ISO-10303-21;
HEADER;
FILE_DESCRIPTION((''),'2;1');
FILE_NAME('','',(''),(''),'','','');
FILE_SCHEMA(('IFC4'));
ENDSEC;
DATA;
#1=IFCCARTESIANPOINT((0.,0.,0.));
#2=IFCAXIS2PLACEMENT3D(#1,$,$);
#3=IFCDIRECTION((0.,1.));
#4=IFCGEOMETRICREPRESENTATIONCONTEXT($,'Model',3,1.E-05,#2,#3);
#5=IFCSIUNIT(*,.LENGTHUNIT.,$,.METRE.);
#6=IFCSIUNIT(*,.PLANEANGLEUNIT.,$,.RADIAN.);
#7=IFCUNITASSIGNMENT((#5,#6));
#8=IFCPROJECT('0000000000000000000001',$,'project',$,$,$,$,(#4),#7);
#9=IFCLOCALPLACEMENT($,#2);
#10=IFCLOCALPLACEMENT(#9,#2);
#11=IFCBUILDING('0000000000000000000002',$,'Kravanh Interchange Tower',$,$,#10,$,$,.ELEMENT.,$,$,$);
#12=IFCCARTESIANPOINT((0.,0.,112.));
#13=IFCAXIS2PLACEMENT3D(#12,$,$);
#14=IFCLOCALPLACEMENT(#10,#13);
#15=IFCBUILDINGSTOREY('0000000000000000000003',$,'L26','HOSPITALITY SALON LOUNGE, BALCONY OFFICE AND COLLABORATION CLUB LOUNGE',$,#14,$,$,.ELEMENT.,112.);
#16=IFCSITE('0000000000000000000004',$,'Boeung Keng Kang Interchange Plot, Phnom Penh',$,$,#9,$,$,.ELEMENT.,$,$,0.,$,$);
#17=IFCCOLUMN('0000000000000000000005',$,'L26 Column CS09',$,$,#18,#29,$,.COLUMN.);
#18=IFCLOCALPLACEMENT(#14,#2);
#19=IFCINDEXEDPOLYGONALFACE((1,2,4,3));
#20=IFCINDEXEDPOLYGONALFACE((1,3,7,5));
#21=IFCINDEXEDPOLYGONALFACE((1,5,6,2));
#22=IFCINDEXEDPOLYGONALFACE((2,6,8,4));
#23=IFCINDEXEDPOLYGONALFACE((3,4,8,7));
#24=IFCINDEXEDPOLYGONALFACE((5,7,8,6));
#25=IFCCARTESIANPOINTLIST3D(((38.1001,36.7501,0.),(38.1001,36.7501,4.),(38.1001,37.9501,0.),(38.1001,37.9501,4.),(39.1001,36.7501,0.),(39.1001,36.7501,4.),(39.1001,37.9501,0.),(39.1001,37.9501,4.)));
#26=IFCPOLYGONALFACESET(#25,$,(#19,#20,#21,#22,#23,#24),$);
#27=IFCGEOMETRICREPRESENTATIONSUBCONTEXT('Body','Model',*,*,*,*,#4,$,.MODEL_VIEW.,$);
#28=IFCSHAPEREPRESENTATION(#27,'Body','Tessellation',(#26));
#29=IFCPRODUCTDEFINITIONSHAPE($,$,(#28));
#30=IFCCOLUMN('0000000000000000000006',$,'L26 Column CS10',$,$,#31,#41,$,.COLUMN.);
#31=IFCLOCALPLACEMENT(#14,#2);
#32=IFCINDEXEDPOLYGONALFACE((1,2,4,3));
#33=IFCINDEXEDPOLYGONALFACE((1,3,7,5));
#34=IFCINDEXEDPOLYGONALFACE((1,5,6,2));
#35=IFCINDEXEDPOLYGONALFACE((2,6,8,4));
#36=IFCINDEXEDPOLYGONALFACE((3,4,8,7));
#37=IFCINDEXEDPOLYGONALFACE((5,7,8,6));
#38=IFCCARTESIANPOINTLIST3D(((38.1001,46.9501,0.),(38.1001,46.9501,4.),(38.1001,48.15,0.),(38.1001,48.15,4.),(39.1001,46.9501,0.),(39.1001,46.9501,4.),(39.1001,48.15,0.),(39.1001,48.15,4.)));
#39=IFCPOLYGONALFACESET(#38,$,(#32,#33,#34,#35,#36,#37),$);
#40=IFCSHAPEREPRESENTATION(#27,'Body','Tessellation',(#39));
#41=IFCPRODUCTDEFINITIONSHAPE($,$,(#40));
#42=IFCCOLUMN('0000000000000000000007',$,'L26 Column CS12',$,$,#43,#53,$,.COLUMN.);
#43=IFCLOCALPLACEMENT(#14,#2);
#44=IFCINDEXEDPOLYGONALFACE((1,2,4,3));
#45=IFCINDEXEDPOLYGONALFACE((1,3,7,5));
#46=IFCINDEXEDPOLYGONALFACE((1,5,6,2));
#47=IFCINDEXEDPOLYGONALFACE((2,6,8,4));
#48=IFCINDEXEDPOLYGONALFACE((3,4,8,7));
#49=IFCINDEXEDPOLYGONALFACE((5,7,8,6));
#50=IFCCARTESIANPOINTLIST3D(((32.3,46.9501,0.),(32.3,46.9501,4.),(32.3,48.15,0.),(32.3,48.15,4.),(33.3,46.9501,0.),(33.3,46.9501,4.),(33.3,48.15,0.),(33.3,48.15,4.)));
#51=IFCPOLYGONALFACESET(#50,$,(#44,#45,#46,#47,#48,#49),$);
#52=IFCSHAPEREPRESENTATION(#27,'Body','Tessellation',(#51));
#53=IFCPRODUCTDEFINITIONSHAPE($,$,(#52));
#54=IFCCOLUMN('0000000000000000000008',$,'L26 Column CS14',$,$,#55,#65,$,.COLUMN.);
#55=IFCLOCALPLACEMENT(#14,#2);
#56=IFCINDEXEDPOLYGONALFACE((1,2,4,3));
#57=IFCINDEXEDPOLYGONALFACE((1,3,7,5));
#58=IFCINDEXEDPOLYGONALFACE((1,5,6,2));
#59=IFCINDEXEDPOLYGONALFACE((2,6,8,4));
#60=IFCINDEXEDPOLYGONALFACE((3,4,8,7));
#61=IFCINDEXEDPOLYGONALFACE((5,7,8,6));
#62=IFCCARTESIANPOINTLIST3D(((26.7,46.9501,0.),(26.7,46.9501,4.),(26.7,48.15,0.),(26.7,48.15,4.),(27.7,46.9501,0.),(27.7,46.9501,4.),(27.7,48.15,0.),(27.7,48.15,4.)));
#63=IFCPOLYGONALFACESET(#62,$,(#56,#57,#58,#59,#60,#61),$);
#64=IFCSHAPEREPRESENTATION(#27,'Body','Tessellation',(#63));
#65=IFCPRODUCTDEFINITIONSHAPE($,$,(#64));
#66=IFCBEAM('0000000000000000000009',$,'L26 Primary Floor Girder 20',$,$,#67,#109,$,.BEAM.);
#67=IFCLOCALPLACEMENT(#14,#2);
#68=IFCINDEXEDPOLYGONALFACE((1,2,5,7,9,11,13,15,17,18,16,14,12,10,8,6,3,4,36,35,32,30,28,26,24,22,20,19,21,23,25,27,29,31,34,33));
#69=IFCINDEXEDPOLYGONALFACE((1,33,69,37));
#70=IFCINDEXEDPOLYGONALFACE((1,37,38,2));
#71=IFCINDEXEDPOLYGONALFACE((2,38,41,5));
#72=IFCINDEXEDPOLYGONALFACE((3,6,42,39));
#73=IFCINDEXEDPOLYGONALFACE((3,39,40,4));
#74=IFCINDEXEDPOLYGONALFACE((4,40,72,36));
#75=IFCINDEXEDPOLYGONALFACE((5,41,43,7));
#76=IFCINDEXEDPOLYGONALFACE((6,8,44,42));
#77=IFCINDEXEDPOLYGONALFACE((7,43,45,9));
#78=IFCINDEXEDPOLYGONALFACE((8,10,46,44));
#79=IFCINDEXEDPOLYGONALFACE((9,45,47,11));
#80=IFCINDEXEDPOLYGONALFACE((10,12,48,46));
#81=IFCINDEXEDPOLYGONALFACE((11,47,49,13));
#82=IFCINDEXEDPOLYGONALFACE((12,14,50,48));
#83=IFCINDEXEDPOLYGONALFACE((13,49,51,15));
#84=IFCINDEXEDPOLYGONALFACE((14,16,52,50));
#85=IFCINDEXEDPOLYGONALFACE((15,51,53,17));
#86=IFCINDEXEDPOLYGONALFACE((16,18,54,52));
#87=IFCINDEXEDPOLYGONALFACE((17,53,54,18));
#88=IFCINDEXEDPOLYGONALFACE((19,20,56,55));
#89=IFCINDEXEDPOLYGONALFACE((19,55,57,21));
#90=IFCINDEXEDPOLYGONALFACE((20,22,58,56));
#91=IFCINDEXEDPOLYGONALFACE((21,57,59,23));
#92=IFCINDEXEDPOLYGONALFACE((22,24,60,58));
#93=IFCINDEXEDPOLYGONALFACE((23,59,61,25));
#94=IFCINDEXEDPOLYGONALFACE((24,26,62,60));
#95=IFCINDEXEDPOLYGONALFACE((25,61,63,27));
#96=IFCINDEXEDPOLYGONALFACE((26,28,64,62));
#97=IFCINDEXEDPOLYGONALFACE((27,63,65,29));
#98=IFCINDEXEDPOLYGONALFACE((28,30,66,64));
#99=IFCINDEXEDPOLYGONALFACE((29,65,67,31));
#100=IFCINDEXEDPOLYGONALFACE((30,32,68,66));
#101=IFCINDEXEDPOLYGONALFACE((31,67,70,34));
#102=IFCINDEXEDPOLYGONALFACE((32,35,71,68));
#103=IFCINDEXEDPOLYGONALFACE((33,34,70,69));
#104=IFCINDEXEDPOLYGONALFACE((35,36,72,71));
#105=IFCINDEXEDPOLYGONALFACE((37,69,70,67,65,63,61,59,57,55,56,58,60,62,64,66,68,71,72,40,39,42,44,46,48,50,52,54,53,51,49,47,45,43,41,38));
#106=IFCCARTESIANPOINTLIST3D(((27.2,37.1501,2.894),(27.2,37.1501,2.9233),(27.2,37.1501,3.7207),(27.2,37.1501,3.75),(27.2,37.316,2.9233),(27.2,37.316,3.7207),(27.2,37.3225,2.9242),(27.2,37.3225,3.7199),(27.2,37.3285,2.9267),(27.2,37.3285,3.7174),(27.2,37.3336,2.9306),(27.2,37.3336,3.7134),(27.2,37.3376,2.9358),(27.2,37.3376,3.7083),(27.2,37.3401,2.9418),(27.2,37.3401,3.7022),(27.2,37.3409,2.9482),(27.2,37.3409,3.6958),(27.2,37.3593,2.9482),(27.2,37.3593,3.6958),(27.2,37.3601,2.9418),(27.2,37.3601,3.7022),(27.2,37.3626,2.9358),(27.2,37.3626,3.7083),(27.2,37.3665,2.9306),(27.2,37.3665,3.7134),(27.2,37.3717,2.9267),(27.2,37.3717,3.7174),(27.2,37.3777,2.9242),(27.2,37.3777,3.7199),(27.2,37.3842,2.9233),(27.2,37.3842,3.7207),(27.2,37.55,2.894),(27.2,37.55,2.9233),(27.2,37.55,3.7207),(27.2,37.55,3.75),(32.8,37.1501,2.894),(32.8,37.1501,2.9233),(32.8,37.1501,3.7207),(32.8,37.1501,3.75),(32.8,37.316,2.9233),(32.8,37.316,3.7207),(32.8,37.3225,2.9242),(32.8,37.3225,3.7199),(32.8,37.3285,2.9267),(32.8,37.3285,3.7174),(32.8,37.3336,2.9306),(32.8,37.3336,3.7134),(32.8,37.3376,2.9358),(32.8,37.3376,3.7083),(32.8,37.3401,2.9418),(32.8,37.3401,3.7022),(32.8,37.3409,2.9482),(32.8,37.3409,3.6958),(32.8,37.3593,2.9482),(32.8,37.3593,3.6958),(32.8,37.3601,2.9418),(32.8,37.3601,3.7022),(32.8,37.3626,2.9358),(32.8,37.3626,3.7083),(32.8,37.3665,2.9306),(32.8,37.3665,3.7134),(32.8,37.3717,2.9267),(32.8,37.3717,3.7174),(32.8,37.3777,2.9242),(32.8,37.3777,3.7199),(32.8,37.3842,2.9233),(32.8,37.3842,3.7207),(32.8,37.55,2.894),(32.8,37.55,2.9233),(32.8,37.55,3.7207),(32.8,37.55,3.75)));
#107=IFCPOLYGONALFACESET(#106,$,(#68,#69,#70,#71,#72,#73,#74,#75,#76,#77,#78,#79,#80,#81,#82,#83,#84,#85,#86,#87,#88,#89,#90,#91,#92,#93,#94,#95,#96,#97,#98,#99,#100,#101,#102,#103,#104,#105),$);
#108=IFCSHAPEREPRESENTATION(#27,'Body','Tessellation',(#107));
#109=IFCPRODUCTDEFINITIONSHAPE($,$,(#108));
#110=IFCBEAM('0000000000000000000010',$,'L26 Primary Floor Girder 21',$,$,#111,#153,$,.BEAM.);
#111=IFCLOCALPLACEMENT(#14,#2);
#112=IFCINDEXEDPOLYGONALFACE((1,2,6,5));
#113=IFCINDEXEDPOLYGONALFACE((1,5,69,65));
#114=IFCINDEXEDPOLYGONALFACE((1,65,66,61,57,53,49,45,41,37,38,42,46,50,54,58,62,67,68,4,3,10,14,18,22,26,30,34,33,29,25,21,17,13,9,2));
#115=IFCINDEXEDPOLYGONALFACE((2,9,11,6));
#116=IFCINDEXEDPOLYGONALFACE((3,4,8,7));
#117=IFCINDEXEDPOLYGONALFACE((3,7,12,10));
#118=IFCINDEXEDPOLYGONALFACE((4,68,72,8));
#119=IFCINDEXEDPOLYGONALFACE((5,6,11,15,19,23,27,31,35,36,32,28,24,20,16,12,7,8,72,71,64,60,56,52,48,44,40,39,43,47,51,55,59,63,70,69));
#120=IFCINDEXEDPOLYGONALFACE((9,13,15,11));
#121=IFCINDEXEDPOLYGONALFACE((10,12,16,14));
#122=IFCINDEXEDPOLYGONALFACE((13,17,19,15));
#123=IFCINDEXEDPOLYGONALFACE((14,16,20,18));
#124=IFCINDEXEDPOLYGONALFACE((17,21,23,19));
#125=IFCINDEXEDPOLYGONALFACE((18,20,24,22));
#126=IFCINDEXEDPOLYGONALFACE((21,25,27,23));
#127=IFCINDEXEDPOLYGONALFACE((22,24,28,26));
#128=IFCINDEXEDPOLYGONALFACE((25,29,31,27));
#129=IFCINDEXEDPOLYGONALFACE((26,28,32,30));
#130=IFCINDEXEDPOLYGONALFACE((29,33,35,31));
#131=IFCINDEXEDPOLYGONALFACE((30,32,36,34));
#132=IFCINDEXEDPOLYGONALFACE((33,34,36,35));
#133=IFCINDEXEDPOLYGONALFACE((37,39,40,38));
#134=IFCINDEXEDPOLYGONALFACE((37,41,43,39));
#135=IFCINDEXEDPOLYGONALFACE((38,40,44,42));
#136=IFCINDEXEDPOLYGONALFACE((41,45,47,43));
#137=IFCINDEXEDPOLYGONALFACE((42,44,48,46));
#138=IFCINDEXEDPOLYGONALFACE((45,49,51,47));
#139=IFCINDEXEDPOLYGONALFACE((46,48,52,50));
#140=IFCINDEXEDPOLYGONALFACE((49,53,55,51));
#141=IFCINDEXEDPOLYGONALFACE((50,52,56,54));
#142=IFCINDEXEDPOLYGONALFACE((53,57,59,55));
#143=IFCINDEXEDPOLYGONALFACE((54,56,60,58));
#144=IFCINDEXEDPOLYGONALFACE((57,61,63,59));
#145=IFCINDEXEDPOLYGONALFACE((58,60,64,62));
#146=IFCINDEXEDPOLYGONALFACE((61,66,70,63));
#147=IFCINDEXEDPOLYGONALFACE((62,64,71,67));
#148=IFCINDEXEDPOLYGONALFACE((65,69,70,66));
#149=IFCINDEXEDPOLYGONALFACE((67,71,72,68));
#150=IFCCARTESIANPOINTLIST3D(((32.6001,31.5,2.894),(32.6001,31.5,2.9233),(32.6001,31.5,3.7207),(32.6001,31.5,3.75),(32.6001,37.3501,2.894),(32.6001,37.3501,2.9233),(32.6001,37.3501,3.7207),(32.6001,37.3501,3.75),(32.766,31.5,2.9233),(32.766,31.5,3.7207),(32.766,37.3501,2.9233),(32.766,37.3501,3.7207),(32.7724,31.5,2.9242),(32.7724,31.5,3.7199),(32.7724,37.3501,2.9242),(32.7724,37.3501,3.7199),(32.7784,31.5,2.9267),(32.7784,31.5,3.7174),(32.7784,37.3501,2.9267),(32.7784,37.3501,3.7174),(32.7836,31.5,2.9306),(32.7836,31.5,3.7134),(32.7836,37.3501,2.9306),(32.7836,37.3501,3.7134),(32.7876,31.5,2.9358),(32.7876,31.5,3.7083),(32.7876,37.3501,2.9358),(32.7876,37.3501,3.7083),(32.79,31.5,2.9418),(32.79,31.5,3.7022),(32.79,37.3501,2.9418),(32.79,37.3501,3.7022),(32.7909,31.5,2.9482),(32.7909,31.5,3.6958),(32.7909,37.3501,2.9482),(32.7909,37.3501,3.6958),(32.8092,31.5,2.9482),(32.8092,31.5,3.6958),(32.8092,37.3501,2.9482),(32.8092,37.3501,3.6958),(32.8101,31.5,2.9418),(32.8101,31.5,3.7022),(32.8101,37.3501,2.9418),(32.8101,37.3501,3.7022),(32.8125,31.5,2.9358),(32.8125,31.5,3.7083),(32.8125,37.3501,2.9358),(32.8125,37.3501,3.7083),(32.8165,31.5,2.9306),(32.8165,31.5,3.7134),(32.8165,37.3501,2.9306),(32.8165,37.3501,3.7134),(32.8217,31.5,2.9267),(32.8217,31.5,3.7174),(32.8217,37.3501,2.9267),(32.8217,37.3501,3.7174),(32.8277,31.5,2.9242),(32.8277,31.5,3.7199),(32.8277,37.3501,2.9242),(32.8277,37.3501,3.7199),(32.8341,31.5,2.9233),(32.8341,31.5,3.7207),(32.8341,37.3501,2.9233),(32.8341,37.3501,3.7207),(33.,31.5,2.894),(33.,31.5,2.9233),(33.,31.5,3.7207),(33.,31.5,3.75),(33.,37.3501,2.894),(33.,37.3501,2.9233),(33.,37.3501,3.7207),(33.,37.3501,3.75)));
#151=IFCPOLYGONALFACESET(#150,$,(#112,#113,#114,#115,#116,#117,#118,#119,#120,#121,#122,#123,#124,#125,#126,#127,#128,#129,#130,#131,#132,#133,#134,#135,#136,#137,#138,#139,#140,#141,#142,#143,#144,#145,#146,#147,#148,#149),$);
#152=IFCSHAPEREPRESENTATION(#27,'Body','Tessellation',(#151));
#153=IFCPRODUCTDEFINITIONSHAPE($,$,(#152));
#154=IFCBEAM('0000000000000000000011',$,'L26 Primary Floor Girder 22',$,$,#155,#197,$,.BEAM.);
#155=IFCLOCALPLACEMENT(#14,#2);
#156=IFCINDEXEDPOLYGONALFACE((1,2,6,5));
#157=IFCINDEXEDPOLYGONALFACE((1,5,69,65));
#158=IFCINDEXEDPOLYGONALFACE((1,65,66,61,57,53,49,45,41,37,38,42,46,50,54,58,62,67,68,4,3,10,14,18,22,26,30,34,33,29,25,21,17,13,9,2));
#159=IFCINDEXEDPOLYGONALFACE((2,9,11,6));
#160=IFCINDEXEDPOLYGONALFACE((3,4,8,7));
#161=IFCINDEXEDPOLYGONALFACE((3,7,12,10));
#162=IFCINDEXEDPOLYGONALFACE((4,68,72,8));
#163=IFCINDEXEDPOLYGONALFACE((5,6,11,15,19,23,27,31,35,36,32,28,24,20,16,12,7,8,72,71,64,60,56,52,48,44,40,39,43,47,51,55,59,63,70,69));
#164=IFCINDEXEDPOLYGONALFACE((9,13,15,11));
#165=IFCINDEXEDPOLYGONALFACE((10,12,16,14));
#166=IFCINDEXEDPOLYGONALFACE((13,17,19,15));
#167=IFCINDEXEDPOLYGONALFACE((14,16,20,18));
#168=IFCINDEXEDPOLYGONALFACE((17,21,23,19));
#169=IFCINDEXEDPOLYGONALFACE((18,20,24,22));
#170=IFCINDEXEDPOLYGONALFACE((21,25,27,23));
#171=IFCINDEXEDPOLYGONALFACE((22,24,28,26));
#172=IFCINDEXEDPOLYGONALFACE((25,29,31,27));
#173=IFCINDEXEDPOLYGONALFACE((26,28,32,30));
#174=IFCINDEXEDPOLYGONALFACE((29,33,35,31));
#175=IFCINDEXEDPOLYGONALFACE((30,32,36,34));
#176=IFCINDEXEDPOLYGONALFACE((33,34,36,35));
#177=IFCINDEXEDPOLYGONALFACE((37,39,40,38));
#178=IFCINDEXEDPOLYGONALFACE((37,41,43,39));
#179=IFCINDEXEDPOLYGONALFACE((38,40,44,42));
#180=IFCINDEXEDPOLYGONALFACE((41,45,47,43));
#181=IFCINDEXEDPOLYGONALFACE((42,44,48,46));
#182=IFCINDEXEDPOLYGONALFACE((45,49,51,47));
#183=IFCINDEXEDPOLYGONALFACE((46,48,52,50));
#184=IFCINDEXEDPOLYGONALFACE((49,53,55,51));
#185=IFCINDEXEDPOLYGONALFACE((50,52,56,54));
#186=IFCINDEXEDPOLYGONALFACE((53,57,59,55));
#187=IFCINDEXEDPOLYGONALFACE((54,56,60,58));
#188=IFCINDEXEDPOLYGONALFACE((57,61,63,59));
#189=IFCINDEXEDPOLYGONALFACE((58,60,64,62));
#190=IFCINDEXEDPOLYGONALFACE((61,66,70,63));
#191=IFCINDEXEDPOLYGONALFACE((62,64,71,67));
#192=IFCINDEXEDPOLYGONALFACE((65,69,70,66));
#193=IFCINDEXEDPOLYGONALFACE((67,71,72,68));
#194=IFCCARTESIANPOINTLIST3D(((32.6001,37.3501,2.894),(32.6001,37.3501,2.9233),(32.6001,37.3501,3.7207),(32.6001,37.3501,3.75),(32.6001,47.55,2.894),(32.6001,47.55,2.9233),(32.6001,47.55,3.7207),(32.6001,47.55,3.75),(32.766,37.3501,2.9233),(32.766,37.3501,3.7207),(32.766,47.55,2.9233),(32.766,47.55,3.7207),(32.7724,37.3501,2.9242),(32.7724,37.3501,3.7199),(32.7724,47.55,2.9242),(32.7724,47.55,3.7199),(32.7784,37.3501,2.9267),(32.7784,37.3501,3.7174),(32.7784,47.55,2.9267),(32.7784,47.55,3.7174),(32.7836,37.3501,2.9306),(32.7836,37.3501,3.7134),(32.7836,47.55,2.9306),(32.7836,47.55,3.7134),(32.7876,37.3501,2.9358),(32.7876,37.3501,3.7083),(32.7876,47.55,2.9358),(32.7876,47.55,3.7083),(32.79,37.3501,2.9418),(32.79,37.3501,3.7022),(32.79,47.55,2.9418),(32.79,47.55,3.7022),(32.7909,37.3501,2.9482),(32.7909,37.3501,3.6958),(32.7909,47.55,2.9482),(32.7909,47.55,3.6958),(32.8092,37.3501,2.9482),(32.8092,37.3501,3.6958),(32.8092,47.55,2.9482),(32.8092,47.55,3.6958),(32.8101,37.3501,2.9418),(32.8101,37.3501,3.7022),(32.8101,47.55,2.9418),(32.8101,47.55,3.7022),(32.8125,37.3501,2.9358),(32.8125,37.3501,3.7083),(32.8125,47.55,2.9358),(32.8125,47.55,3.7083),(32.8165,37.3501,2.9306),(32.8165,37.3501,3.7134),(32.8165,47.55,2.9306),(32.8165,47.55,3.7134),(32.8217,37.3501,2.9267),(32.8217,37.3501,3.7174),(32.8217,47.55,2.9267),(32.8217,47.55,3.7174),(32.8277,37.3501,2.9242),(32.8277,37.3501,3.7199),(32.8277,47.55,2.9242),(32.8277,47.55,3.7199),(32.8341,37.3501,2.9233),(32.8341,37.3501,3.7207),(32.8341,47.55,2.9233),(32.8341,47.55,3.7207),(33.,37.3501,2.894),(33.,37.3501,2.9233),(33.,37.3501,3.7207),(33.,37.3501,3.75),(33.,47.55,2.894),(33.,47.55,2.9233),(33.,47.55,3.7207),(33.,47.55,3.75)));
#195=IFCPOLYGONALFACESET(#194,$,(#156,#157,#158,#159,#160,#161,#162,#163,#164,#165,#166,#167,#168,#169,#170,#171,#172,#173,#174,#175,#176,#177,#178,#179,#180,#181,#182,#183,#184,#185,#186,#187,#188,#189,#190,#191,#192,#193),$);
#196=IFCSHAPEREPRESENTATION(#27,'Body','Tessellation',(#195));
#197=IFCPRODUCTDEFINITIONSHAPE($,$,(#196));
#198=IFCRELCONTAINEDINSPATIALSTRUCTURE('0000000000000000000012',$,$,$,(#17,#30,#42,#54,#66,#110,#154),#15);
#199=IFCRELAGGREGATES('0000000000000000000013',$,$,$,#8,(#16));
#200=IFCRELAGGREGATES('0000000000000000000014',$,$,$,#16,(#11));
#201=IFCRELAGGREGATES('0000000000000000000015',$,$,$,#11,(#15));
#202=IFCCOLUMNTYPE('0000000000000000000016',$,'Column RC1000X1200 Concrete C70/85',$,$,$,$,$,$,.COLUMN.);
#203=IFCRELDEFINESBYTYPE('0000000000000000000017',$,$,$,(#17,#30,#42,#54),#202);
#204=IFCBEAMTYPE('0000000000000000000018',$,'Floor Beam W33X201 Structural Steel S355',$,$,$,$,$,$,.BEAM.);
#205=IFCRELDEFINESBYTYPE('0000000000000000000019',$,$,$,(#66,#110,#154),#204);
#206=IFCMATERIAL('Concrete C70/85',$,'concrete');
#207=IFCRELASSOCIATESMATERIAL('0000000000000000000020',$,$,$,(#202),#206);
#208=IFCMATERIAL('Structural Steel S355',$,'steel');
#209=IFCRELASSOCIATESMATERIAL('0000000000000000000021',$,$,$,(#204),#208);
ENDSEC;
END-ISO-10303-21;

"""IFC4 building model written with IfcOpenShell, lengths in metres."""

from ifc_helpers import new_model, si_unit, direction, frame, origin, origin_2d, place, context, subcontext, project, spatial, rectangle, i_section, extrude, material, material_profile, profile_set, type_object, element, save


model = new_model("IFC4")

# Units and contexts
model_context = context("Model", 3, precision=1e-05, world=origin(), true_north=direction((0.0, 1.0)))
body_context = subcontext(model_context, "Body", "Model", "MODEL_VIEW")
ifc_project = project(units=[si_unit("LENGTHUNIT", "METRE"), si_unit("PLANEANGLEUNIT", "RADIAN")], contexts=[model_context])

# Site, building, storey
site_placement = place(None, origin())
site = spatial("IfcSite", under=ifc_project, at=site_placement, Name="Boeung Keng Kang Interchange Plot, Phnom Penh", CompositionType="ELEMENT", RefElevation=0.0)
building_placement = place(site_placement, origin())
building = spatial("IfcBuilding", under=site, at=building_placement, Name="Kravanh Interchange Tower", CompositionType="ELEMENT")
storey_placement = place(building_placement, frame((0.0, 0.0, 112.0)))
storey = spatial("IfcBuildingStorey", under=building, at=storey_placement, Name="L26", Description="HOSPITALITY SALON LOUNGE, BALCONY OFFICE AND COLLABORATION CLUB LOUNGE", CompositionType="ELEMENT", Elevation=112.0)

# Columns
ifc_material_1 = material(Name="Concrete C70/85", Category="concrete")
ifc_material_profile_1 = material_profile(ifc_material_1, rectangle(XDim=1.0, YDim=1.2, at=origin_2d()), Name="RC1000X1200")
ifc_profile_set_1 = profile_set([ifc_material_profile_1], Name="Concrete C70/85")
column_type = type_object("IfcColumnType", Name="Column RC1000X1200 Concrete C70/85", PredefinedType="COLUMN", material=ifc_profile_set_1)
for number, where, z_axis, x_axis, name in (
    (1, (38.6001, 37.3501, 0.0), (0.0, 0.0, 1.0), (1.0, 0.0, 0.0), "L26 Column CS09"),
    (2, (38.6001, 47.55, 0.0), (0.0, 0.0, 1.0), (1.0, 0.0, 0.0), "L26 Column CS10"),
    (3, (32.8, 47.55, 0.0), (0.0, 0.0, 1.0), (1.0, 0.0, 0.0), "L26 Column CS12"),
    (4, (27.2, 47.55, 0.0), (0.0, 0.0, 1.0), (1.0, 0.0, 0.0), "L26 Column CS14"),
):
    element("IfcColumn", number, at=place(storey_placement, frame(where, z_axis=z_axis, x_axis=x_axis)), inside=storey, type_object=column_type, Name=name, PredefinedType="COLUMN", context=body_context, shape_type="SweptSolid", body=[
        extrude(rectangle(XDim=1.0, YDim=1.2, at=origin_2d()), origin(), (0.0, 0.0, 1.0), 4.0),
    ])

# Beams
ifc_material_2 = material(Name="Structural Steel S355", Category="steel")
ifc_material_profile_2 = material_profile(ifc_material_2, i_section(OverallWidth=0.3999, OverallDepth=0.856, WebThickness=0.0183, FlangeThickness=0.0293, FilletRadius=0.0249, at=origin_2d()), Name="W33X201")
ifc_profile_set_2 = profile_set([ifc_material_profile_2], Name="Structural Steel S355")
beam_type = type_object("IfcBeamType", Name="Floor Beam W33X201 Structural Steel S355", PredefinedType="BEAM", material=ifc_profile_set_2)
beam_1_placement = place(storey_placement, frame((32.8, 37.3501, 3.322), z_axis=(-1.0, 0.0, 0.0), x_axis=(0.0, -1.0, 0.0)))
element("IfcBeam", 5, at=beam_1_placement, inside=storey, type_object=beam_type, Name="L26 Primary Floor Girder 20", PredefinedType="BEAM", context=body_context, shape_type="SweptSolid", body=[
    extrude(i_section(OverallWidth=0.3999, OverallDepth=0.856, WebThickness=0.0183, FlangeThickness=0.0293, FilletRadius=0.0249, at=origin_2d()), origin(), (0.0, 0.0, 1.0), 5.6001),
])
beam_2_placement = place(storey_placement, frame((32.8, 37.3501, 3.322), z_axis=(0.0, -1.0, 0.0), x_axis=(1.0, 0.0, 0.0)))
element("IfcBeam", 6, at=beam_2_placement, inside=storey, type_object=beam_type, Name="L26 Primary Floor Girder 21", PredefinedType="BEAM", context=body_context, shape_type="SweptSolid", body=[
    extrude(i_section(OverallWidth=0.3999, OverallDepth=0.856, WebThickness=0.0183, FlangeThickness=0.0293, FilletRadius=0.0249, at=origin_2d()), origin(), (0.0, 0.0, 1.0), 5.8501),
])
beam_3_placement = place(storey_placement, frame((32.8, 37.3501, 3.322), z_axis=(0.0, 1.0, 0.0), x_axis=(-1.0, 0.0, 0.0)))
element("IfcBeam", 7, at=beam_3_placement, inside=storey, type_object=beam_type, Name="L26 Primary Floor Girder 22", PredefinedType="BEAM", context=body_context, shape_type="SweptSolid", body=[
    extrude(i_section(OverallWidth=0.3999, OverallDepth=0.856, WebThickness=0.0183, FlangeThickness=0.0293, FilletRadius=0.0249, at=origin_2d()), origin(), (0.0, 0.0, 1.0), 10.2),
])

save(model, "model.ifc")
